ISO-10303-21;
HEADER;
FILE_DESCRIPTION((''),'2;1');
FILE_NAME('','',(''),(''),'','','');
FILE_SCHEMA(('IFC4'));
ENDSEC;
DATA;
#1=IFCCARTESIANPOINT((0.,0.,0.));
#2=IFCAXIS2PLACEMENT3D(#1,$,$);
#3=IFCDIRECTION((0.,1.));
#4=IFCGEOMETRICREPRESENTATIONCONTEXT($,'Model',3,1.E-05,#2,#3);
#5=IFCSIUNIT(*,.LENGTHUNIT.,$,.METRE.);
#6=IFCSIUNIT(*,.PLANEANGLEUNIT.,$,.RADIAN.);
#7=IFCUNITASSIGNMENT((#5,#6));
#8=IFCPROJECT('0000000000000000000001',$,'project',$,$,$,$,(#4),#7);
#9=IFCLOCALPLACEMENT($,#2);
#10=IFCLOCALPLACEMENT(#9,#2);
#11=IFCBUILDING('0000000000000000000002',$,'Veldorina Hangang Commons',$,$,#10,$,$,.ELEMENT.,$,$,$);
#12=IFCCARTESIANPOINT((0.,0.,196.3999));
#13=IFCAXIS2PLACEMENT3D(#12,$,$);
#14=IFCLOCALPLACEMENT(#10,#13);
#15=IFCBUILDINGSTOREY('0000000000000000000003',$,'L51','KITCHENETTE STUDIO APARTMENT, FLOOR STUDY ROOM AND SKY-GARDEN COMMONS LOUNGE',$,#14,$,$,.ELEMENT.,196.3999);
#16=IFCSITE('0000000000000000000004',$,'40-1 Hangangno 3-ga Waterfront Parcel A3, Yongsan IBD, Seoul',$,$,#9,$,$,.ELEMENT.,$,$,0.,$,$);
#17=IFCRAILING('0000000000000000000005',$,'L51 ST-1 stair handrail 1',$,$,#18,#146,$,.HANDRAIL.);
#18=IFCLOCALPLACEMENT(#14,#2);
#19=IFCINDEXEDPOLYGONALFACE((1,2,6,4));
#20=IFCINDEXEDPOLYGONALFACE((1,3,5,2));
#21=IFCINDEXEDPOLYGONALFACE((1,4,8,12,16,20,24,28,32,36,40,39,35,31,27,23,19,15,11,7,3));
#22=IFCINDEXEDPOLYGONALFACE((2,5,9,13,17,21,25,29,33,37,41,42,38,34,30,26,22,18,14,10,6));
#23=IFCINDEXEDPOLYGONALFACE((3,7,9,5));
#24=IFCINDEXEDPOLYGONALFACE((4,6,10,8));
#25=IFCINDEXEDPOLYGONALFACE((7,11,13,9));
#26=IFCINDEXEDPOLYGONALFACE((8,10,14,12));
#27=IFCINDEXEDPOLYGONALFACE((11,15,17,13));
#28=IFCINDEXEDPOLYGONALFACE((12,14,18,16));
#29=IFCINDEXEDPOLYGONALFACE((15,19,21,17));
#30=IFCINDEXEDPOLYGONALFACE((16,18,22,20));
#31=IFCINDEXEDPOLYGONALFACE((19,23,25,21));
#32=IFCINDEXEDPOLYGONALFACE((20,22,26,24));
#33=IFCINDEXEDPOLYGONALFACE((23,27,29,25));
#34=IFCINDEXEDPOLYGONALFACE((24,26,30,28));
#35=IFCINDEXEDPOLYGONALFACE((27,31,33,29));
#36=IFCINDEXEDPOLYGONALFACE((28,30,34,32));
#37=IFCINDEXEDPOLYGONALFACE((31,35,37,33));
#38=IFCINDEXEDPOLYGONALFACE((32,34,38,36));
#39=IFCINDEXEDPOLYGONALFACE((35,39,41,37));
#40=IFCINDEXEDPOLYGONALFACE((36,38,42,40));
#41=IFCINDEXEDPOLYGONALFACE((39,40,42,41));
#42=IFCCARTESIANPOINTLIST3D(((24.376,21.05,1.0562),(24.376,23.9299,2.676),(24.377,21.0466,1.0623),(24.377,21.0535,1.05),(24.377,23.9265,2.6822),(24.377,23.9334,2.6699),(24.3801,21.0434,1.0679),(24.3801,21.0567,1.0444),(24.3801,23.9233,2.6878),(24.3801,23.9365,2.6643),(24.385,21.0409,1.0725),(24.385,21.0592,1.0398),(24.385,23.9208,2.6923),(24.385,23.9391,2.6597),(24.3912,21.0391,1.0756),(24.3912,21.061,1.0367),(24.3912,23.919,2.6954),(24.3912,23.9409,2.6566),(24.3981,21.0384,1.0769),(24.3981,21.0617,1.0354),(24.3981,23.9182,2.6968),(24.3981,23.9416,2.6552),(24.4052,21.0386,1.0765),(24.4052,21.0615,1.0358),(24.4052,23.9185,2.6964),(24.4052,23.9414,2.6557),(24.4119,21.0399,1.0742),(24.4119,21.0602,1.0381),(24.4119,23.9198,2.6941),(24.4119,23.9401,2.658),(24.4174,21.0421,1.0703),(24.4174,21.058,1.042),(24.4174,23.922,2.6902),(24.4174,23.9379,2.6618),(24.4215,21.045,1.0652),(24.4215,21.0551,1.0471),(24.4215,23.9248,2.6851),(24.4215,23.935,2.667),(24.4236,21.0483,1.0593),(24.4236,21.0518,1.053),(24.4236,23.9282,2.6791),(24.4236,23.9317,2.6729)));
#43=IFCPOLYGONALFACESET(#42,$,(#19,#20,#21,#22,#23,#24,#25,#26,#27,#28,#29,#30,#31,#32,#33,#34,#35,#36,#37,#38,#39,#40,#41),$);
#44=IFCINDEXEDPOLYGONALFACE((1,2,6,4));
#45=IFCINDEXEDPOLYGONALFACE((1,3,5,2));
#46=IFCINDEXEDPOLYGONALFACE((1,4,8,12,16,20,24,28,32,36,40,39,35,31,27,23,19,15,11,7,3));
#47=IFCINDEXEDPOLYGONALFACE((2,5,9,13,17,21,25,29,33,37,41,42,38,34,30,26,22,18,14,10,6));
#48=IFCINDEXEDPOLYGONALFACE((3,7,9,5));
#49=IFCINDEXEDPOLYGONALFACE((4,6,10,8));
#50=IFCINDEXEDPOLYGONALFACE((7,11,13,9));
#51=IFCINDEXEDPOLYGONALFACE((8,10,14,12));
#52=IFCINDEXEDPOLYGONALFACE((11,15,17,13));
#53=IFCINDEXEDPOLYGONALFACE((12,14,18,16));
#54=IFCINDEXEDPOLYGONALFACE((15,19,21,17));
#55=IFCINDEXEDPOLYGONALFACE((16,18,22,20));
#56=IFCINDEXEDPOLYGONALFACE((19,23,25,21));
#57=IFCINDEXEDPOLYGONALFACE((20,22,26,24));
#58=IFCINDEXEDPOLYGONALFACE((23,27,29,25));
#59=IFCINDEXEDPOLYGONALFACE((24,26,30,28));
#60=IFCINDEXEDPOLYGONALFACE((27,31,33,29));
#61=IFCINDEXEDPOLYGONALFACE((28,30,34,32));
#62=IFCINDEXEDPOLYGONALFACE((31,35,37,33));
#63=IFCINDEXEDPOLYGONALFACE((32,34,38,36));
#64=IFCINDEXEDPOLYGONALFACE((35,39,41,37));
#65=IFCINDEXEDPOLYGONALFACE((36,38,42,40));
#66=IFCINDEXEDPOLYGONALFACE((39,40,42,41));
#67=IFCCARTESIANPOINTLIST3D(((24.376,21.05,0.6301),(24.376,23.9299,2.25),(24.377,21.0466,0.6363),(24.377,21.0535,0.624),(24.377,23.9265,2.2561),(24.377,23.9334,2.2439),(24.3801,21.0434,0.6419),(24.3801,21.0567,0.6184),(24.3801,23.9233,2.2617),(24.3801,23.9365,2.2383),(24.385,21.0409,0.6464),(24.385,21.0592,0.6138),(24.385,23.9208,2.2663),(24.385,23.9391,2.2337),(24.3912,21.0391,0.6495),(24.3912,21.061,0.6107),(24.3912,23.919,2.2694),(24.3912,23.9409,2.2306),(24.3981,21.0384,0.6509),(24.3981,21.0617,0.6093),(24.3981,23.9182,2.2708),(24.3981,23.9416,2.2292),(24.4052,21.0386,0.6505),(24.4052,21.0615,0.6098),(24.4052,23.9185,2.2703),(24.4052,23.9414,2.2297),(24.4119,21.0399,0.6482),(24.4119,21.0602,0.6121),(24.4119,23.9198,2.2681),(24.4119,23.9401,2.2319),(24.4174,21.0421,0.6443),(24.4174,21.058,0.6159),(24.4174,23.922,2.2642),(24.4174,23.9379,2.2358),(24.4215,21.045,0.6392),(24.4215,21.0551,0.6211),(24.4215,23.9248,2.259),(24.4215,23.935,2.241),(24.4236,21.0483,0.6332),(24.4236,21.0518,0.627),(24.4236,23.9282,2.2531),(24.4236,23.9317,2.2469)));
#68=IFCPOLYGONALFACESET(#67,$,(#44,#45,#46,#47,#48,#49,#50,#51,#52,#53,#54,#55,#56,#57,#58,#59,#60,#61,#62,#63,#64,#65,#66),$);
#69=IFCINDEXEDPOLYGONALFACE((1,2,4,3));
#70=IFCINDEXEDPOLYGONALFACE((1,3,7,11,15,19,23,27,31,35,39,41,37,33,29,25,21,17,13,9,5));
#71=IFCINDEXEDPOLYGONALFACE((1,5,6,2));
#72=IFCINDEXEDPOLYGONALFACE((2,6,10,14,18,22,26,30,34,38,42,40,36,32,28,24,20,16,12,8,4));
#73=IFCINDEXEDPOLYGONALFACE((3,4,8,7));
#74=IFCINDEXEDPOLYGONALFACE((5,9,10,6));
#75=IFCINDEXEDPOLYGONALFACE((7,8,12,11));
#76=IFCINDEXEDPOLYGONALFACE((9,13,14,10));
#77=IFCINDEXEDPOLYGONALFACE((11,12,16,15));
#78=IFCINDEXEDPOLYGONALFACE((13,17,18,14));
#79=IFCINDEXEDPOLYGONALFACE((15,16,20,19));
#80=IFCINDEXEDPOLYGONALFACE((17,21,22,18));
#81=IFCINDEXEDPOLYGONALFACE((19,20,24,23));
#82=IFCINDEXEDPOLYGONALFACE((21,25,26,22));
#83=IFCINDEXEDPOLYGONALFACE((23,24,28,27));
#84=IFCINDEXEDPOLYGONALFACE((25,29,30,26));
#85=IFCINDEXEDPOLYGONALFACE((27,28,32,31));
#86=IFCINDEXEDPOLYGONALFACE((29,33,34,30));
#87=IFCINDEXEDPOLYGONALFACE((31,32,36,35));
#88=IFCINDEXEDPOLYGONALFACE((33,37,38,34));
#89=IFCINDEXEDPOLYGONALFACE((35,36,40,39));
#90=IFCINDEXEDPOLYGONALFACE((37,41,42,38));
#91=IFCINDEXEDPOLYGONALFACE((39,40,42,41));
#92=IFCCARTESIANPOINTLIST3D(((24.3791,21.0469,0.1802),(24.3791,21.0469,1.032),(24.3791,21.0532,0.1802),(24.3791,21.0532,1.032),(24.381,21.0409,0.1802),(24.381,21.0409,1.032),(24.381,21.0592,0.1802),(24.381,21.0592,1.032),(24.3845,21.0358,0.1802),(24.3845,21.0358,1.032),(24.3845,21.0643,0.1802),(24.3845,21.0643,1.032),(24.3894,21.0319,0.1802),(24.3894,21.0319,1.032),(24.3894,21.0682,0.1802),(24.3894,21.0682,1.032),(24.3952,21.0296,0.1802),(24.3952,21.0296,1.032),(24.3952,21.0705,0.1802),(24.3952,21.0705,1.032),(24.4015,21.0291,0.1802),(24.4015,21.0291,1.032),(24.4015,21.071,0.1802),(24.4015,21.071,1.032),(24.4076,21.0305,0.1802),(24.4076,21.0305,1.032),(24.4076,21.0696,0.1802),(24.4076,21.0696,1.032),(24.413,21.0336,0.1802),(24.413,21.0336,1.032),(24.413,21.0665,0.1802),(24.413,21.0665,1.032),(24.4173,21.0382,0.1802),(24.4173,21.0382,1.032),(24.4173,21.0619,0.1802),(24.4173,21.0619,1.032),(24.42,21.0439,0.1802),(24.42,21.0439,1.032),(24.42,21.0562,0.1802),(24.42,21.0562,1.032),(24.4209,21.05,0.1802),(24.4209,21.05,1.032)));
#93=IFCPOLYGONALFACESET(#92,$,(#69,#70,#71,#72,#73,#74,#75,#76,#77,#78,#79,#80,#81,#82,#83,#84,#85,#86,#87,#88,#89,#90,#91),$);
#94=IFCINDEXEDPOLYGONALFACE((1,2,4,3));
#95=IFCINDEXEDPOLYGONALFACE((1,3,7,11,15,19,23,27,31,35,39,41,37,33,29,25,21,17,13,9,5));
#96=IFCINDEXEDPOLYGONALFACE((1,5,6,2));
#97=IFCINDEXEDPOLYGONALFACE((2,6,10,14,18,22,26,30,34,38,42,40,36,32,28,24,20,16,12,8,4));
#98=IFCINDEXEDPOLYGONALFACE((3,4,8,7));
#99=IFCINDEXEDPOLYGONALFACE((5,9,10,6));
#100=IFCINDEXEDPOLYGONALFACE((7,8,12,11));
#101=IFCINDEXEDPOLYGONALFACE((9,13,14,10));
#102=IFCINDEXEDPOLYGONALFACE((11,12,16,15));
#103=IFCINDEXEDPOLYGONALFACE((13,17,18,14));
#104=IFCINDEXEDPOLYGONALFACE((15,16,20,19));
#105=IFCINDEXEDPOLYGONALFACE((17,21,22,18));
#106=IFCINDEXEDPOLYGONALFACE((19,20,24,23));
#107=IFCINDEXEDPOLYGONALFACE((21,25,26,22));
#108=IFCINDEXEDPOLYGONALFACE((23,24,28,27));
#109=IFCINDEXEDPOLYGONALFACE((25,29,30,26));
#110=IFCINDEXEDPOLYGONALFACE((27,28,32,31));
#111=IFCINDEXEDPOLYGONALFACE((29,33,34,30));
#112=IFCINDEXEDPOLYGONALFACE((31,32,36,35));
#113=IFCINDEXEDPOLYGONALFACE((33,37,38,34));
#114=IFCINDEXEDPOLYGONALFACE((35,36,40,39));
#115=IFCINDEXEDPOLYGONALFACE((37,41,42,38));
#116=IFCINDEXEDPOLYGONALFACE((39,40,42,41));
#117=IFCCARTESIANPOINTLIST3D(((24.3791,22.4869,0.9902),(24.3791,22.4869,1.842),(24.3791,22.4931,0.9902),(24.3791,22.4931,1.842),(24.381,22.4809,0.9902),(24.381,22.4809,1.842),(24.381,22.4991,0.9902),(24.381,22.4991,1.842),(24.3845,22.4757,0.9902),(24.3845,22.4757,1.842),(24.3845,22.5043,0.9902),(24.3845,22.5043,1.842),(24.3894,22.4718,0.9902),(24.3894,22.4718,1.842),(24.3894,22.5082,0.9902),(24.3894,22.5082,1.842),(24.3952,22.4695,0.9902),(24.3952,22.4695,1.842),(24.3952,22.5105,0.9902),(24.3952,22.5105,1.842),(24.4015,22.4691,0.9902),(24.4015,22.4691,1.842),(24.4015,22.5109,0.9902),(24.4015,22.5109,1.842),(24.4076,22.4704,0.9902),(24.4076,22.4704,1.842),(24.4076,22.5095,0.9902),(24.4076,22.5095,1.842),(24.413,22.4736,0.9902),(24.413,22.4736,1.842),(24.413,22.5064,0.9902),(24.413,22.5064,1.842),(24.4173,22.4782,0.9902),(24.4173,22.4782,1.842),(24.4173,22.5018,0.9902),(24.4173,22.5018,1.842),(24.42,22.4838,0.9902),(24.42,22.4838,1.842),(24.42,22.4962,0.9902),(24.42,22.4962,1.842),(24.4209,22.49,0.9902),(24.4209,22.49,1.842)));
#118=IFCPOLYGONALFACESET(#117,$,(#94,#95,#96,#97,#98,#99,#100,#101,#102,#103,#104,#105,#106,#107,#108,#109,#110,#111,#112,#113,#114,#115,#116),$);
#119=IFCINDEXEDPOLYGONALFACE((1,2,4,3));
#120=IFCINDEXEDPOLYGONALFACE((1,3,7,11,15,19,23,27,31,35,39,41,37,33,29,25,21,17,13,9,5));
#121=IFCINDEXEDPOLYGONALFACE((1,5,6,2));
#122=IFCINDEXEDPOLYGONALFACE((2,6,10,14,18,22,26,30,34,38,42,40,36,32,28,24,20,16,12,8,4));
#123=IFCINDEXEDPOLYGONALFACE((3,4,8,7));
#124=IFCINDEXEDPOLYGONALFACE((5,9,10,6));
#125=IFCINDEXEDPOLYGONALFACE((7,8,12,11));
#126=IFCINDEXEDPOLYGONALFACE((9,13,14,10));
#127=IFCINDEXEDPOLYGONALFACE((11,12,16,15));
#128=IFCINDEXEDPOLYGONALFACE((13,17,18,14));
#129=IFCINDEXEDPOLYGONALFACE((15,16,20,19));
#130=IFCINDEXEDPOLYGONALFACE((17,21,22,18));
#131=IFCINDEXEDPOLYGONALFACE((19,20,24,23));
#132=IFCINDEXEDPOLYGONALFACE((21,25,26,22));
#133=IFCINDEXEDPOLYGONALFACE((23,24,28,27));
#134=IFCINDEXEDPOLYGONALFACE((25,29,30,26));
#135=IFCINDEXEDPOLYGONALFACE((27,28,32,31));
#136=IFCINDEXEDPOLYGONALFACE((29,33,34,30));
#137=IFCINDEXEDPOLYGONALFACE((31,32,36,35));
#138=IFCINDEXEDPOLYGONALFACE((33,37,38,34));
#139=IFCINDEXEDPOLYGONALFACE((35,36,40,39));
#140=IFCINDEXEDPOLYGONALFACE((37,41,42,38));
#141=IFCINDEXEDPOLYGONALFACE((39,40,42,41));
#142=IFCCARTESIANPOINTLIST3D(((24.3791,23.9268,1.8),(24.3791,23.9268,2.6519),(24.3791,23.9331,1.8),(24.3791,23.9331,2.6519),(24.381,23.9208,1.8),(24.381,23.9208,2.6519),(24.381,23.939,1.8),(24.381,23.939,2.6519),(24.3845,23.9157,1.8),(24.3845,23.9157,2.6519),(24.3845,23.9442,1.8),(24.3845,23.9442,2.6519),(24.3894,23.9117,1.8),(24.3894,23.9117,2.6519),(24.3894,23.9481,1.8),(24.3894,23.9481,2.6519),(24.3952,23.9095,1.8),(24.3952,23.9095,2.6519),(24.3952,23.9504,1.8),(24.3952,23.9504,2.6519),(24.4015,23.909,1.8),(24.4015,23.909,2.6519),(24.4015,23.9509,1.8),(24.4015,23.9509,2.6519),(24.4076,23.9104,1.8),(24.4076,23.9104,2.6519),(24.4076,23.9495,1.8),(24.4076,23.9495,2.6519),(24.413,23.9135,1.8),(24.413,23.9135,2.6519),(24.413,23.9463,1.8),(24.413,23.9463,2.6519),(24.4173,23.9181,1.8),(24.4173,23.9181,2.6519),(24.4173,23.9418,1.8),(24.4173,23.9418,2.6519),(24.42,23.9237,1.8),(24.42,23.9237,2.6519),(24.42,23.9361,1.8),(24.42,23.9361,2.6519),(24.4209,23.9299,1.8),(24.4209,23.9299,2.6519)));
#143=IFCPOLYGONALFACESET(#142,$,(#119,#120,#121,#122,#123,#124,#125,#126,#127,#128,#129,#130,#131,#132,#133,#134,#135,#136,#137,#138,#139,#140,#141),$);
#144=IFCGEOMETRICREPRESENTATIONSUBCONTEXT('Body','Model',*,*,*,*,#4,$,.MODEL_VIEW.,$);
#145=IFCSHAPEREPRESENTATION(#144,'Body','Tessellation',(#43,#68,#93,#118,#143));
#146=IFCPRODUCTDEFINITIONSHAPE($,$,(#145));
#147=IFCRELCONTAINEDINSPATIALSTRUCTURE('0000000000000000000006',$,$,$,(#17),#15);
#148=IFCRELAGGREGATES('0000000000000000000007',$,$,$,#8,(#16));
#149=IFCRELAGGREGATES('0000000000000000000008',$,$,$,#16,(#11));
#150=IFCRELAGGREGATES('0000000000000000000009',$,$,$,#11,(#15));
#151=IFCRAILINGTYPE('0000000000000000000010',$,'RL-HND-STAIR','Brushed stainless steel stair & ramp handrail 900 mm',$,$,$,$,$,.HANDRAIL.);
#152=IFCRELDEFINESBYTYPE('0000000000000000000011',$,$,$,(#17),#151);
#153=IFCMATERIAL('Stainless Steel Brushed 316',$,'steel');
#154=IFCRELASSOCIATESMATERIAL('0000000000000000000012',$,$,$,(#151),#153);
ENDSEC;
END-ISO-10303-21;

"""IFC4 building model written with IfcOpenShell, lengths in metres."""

from ifc_helpers import new_model, si_unit, direction, frame, origin, origin_2d, place, context, subcontext, project, spatial, circle, extrude, material, type_object, element, save


model = new_model("IFC4")

# Units and contexts
model_context = context("Model", 3, precision=1e-05, world=origin(), true_north=direction((0.0, 1.0)))
body_context = subcontext(model_context, "Body", "Model", "MODEL_VIEW")
ifc_project = project(units=[si_unit("LENGTHUNIT", "METRE"), si_unit("PLANEANGLEUNIT", "RADIAN")], contexts=[model_context])

# Site, building, storey
site_placement = place(None, origin())
site = spatial("IfcSite", under=ifc_project, at=site_placement, Name="40-1 Hangangno 3-ga Waterfront Parcel A3, Yongsan IBD, Seoul", CompositionType="ELEMENT", RefElevation=0.0)
building_placement = place(site_placement, origin())
building = spatial("IfcBuilding", under=site, at=building_placement, Name="Veldorina Hangang Commons", CompositionType="ELEMENT")
storey_placement = place(building_placement, frame((0.0, 0.0, 196.3999)))
storey = spatial("IfcBuildingStorey", under=building, at=storey_placement, Name="L51", Description="KITCHENETTE STUDIO APARTMENT, FLOOR STUDY ROOM AND SKY-GARDEN COMMONS LOUNGE", CompositionType="ELEMENT", Elevation=196.3999)

# Railing
ifc_material_1 = material(Name="Stainless Steel Brushed 316", Category="steel")
railing_type_1 = type_object("IfcRailingType", Name="RL-HND-STAIR", Description="Brushed stainless steel stair & ramp handrail 900 mm", PredefinedType="HANDRAIL", material=ifc_material_1)
railing_1_placement = place(storey_placement, frame((24.3999, 21.05, 0.1802)))
element("IfcRailing", 1, at=railing_1_placement, inside=storey, type_object=railing_type_1, Name="L51 ST-1 stair handrail 1", PredefinedType="HANDRAIL", context=body_context, shape_type="SweptSolid", body=[
    extrude(circle(Radius=0.0239, at=origin_2d()), frame((0.0, 0.0, 0.876), z_axis=(0.0, 0.871583, 0.490247), x_axis=(-1.0, 0.0, 0.0)), (0.0, 0.0, 1.0), 3.3042),
    extrude(circle(Radius=0.0239, at=origin_2d()), frame((0.0, 0.0, 0.45), z_axis=(0.0, 0.871583, 0.490247), x_axis=(-1.0, 0.0, 0.0)), (0.0, 0.0, 1.0), 3.3042),
    extrude(circle(Radius=0.021, at=origin_2d()), origin(), (0.0, 0.0, 1.0), 0.8518),
    extrude(circle(Radius=0.021, at=origin_2d()), frame((0.0, 1.4399, 0.8101)), (0.0, 0.0, 1.0), 0.8518),
    extrude(circle(Radius=0.021, at=origin_2d()), frame((0.0, 2.8799, 1.6199)), (0.0, 0.0, 1.0), 0.8518),
])

save(model, "model.ifc")
